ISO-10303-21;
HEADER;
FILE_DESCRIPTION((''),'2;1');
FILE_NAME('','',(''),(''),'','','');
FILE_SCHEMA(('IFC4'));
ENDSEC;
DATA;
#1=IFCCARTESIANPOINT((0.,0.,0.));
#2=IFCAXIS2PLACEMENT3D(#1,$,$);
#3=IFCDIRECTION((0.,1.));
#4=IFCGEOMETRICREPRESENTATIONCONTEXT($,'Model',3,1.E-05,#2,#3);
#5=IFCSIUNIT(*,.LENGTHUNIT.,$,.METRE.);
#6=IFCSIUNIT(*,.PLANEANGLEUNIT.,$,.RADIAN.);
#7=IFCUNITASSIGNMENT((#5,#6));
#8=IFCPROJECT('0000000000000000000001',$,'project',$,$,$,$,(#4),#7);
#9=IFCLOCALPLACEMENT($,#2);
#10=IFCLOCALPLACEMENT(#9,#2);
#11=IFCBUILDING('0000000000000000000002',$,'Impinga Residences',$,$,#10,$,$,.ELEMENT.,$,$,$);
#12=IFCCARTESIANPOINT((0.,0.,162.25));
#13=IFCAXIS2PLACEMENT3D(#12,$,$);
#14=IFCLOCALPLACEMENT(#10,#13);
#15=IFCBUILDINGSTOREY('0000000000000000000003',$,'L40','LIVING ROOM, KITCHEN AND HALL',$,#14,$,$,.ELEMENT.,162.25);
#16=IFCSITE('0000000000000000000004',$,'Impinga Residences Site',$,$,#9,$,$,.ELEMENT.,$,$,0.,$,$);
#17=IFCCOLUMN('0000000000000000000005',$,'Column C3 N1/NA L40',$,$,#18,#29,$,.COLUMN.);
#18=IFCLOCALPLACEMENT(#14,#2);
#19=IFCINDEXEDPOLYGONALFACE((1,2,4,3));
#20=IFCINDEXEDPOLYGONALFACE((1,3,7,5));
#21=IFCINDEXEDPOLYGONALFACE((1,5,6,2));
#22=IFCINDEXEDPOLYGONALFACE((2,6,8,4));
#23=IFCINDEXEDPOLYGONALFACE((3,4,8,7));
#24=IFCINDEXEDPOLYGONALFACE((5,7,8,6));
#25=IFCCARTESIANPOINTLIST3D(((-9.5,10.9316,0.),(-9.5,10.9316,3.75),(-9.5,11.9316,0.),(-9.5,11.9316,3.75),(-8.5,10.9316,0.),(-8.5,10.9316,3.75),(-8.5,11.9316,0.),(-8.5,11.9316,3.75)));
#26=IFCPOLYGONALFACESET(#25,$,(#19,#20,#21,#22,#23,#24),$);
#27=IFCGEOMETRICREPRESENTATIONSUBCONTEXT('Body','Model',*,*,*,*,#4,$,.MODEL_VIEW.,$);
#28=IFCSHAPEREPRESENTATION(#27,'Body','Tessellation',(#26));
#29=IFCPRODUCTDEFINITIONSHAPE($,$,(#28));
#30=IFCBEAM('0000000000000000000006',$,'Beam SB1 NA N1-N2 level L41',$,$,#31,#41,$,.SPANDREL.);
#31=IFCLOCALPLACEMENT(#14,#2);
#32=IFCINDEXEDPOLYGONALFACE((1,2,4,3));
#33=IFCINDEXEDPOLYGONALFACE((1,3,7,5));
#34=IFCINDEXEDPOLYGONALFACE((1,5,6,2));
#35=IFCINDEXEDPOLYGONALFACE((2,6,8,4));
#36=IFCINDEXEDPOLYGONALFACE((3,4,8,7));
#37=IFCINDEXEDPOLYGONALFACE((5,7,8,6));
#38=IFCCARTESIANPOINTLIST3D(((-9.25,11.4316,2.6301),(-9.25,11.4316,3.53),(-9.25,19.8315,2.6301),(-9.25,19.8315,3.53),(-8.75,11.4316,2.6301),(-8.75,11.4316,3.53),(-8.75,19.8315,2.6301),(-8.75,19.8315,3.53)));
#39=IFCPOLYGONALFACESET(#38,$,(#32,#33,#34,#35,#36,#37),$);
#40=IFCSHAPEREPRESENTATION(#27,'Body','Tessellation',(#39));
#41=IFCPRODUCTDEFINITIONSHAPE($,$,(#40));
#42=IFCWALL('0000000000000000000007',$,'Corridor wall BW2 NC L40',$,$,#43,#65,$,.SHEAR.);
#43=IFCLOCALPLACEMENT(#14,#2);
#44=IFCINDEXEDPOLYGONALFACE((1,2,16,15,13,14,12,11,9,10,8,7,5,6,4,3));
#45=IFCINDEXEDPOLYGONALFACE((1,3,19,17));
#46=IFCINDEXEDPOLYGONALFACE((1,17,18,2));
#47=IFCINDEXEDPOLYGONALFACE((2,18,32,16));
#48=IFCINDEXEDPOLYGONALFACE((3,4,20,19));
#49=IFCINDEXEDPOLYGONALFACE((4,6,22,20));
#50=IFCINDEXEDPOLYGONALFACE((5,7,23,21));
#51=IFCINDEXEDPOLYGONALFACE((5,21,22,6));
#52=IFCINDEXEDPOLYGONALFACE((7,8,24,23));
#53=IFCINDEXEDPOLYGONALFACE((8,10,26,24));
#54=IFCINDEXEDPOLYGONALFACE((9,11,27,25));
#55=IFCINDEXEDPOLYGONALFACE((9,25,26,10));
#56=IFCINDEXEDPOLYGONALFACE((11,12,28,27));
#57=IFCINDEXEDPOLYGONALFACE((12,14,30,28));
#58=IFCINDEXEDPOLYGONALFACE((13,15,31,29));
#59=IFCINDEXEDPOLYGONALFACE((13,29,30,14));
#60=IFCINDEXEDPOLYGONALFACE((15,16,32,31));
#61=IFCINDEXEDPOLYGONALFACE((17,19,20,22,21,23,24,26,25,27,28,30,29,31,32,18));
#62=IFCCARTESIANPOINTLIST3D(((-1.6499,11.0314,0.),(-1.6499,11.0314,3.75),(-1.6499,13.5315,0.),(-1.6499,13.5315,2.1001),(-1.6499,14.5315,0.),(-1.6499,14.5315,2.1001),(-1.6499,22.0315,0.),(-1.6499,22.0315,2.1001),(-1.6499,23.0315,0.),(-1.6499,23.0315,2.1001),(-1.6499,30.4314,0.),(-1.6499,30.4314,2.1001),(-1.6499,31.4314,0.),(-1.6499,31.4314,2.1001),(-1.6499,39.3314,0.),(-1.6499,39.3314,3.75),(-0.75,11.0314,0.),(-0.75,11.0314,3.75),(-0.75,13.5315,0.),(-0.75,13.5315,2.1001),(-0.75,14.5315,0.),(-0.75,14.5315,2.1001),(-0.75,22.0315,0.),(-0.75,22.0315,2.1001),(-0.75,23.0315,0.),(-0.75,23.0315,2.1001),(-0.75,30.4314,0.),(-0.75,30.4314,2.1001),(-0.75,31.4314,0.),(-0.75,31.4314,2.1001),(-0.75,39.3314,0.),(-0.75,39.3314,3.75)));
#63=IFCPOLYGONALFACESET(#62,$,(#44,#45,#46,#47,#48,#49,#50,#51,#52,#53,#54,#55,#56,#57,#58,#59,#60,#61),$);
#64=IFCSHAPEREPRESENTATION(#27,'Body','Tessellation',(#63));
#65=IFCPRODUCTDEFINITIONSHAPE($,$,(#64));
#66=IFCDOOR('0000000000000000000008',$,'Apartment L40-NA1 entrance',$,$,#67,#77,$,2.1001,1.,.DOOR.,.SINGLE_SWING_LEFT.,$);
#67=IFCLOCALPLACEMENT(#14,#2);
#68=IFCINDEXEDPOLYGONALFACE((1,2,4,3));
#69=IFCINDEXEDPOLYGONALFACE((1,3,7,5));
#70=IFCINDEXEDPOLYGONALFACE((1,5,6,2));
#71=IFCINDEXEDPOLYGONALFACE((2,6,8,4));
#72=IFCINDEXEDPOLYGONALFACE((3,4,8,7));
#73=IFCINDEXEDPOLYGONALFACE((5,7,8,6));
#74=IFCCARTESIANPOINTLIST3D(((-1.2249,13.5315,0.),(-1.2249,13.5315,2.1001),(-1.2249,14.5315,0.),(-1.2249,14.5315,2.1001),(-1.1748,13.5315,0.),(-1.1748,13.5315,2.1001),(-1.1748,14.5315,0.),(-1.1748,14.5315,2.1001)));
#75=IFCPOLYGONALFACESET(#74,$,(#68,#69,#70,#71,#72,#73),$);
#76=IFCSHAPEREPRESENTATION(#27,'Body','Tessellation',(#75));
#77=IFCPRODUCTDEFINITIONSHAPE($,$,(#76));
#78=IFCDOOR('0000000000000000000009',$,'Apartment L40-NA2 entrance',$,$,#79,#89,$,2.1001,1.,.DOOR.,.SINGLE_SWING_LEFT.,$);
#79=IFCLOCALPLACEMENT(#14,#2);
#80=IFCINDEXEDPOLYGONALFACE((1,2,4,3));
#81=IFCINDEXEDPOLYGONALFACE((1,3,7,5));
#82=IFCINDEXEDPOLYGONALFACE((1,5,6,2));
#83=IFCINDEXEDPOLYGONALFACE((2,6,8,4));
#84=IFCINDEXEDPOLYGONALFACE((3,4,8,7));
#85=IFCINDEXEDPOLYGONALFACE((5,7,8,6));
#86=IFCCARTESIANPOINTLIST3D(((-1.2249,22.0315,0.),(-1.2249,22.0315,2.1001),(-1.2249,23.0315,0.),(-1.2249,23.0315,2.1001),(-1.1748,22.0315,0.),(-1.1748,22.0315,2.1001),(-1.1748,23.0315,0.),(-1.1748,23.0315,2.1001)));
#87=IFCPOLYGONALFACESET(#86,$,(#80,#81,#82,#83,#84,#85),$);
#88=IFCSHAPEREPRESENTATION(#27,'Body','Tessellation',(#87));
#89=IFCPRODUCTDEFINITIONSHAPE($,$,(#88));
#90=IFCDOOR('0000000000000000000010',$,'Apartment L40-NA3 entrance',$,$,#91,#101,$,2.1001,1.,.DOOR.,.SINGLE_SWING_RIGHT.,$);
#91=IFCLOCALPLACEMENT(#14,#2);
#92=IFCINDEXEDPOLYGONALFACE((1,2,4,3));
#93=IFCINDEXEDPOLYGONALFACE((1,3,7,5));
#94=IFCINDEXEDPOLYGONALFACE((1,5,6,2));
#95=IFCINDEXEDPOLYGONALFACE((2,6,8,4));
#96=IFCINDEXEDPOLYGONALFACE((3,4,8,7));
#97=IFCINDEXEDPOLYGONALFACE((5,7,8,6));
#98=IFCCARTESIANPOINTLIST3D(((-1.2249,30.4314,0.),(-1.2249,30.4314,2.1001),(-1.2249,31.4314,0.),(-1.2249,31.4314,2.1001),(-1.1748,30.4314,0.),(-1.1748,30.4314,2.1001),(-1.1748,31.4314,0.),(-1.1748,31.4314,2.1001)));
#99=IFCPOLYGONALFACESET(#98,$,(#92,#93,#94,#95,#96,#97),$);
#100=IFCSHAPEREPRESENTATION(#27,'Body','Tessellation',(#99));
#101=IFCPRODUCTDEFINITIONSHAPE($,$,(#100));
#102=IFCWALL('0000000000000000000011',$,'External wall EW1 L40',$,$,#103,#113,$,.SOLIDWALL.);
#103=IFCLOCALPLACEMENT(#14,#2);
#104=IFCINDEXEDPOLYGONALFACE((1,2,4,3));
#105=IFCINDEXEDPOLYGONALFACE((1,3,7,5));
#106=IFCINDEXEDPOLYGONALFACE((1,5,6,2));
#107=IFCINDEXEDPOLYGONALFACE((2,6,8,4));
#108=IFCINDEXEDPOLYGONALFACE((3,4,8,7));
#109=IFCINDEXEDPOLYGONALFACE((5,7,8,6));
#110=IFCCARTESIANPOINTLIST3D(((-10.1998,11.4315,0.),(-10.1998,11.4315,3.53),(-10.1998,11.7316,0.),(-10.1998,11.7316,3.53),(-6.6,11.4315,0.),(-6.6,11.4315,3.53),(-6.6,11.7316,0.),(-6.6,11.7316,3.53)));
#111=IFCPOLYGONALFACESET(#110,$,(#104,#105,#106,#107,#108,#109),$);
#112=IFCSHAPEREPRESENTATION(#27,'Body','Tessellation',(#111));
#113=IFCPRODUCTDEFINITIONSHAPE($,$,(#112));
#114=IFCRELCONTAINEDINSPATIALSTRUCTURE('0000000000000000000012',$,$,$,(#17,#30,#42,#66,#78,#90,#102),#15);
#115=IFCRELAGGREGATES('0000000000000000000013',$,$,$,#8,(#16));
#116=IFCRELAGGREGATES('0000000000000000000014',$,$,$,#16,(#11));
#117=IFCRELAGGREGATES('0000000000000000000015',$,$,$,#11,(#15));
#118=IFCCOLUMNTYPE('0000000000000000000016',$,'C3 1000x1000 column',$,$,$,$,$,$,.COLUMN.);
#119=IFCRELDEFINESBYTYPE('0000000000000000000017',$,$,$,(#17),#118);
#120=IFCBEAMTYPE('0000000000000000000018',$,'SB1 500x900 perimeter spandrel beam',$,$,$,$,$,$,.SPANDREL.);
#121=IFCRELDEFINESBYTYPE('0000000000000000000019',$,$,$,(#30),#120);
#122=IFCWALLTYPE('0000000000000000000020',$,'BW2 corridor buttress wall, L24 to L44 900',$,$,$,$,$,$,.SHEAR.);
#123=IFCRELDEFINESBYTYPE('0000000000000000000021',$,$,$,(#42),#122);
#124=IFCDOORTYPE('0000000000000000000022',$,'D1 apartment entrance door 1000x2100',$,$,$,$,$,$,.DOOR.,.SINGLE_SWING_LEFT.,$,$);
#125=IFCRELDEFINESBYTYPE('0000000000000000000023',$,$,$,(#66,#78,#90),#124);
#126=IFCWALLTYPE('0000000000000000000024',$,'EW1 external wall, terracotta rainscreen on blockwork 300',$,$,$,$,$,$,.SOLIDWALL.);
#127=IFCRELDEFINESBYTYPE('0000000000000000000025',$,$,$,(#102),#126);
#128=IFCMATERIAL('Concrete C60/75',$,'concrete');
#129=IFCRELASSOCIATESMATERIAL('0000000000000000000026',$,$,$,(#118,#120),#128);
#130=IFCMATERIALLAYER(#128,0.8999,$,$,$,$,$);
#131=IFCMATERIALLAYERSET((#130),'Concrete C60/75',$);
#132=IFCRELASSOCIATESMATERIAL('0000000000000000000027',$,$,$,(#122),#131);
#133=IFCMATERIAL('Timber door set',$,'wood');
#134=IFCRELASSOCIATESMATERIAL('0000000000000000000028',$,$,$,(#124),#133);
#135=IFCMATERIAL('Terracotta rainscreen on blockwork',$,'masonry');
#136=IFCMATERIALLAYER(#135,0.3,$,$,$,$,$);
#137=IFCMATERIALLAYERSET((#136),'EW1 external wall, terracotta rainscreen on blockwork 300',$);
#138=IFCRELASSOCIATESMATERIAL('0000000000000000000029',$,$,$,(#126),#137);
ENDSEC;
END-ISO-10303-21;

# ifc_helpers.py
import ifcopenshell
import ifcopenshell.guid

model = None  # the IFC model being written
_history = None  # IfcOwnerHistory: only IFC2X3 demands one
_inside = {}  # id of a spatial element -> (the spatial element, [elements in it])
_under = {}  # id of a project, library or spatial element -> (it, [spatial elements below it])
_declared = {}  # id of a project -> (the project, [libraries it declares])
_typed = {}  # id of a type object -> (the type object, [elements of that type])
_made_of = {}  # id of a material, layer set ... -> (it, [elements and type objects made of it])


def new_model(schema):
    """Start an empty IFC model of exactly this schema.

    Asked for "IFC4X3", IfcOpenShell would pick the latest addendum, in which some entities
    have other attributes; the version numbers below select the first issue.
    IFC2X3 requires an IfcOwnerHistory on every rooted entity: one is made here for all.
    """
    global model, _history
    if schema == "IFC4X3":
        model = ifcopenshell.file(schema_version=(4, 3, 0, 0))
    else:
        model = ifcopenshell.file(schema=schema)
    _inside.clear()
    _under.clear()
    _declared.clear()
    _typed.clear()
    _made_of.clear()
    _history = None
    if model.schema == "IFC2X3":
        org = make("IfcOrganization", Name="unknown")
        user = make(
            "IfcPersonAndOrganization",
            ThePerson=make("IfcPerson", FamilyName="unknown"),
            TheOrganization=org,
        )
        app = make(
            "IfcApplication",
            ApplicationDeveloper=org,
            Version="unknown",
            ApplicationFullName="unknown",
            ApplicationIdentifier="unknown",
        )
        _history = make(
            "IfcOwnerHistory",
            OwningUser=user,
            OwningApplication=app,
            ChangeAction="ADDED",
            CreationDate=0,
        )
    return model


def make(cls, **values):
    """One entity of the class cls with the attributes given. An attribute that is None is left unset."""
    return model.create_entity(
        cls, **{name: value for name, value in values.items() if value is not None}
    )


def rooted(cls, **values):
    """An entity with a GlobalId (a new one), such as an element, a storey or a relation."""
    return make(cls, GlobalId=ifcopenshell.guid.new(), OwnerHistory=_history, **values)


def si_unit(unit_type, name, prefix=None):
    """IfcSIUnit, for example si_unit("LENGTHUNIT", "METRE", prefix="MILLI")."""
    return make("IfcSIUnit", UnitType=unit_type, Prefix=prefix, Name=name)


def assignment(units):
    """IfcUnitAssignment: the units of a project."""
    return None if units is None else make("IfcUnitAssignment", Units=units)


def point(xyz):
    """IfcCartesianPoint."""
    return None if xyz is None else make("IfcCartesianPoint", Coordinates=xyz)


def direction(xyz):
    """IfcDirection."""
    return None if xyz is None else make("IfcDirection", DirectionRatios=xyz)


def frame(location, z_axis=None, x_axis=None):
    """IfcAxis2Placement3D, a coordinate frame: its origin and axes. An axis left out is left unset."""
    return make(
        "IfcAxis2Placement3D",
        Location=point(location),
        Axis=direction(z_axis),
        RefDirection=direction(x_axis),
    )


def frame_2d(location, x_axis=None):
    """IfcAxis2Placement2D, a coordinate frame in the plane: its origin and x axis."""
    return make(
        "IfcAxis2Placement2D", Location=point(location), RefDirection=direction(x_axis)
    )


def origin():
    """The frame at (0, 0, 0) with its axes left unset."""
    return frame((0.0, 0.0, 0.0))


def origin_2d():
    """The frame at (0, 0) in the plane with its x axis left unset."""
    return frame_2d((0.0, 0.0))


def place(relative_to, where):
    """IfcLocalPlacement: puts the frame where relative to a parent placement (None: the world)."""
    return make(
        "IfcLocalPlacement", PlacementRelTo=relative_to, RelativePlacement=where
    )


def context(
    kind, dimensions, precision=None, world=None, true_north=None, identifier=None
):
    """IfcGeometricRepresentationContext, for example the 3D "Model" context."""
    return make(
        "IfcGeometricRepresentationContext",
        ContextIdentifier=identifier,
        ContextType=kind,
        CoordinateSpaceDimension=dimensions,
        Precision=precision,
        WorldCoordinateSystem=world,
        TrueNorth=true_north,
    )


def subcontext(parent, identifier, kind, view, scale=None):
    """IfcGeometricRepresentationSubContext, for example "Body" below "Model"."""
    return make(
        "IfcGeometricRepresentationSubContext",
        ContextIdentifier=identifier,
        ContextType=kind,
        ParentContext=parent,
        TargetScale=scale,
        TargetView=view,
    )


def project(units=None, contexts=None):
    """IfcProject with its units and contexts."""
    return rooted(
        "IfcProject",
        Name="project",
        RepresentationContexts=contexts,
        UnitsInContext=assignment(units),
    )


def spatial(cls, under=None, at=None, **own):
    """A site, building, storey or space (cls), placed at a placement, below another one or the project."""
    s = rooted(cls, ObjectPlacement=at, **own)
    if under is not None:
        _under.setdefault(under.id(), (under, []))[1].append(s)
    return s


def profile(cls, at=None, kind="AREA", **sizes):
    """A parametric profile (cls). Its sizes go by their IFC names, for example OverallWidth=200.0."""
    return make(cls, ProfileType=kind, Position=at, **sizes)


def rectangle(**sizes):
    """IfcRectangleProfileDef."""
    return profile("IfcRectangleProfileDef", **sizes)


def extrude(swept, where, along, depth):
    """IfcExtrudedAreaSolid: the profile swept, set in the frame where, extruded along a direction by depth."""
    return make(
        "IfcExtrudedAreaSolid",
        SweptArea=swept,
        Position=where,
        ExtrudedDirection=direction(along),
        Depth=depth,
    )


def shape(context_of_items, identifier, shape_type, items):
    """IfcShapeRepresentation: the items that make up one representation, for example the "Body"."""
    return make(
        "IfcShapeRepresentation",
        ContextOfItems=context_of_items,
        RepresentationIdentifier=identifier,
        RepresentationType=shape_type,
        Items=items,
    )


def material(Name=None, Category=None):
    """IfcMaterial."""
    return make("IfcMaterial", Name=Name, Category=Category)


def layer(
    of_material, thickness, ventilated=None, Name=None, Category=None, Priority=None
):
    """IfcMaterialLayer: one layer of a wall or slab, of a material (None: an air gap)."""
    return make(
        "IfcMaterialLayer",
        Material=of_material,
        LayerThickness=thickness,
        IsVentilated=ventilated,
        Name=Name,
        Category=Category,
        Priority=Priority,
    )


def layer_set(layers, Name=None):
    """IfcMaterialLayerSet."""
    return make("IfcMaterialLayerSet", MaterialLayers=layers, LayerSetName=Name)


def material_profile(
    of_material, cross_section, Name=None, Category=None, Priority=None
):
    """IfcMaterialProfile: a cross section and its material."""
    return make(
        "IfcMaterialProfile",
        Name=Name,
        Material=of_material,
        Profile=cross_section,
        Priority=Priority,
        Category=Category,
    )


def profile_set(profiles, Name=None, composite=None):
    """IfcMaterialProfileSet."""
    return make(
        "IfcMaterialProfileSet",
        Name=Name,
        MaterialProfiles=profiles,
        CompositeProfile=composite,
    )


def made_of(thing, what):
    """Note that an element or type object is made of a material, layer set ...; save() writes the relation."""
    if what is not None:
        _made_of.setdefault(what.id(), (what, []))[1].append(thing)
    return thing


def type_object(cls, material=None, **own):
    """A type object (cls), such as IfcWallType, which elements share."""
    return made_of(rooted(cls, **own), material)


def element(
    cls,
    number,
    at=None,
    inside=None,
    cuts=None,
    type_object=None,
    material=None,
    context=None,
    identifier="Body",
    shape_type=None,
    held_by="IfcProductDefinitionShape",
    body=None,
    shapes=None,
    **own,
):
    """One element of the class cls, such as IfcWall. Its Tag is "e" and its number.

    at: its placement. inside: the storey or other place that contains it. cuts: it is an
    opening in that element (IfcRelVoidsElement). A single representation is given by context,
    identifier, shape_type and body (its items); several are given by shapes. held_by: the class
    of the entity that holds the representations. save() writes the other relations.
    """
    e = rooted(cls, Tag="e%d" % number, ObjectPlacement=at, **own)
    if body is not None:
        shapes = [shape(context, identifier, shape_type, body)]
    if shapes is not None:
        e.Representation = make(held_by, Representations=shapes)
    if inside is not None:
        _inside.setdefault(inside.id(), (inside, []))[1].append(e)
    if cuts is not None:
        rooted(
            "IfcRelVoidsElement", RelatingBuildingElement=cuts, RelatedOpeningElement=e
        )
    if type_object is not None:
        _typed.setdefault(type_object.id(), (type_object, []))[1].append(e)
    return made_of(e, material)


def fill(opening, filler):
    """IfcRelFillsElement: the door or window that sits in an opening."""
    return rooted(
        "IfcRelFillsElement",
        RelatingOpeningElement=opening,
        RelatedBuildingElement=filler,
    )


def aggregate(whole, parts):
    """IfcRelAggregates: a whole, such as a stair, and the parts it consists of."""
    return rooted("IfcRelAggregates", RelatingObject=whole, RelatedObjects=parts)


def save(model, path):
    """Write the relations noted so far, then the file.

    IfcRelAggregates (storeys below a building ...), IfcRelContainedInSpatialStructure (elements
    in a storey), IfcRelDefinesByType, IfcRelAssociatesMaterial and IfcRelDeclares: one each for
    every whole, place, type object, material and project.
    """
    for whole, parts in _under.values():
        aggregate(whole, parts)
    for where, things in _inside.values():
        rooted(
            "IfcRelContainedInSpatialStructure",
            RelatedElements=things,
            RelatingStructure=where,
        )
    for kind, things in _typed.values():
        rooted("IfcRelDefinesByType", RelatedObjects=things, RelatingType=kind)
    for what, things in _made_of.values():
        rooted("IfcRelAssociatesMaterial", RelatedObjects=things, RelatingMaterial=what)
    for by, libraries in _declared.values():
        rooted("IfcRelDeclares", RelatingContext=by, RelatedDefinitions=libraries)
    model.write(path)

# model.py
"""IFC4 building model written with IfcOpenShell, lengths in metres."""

from ifc_helpers import new_model, si_unit, direction, frame, frame_2d, origin, origin_2d, place, context, subcontext, project, spatial, rectangle, extrude, material, layer, layer_set, material_profile, profile_set, type_object, element, fill, save


model = new_model("IFC4")

# Units and contexts
model_context = context("Model", 3, precision=1e-05, world=origin(), true_north=direction((0.0, 1.0)))
body_context = subcontext(model_context, "Body", "Model", "MODEL_VIEW")
ifc_project = project(units=[si_unit("LENGTHUNIT", "METRE"), si_unit("PLANEANGLEUNIT", "RADIAN")], contexts=[model_context])

# Site, building, storey
site_placement = place(None, origin())
site = spatial("IfcSite", under=ifc_project, at=site_placement, Name="Impinga Residences Site", CompositionType="ELEMENT", RefElevation=0.0)
building_placement = place(site_placement, origin())
building = spatial("IfcBuilding", under=site, at=building_placement, Name="Impinga Residences", CompositionType="ELEMENT")
storey_placement = place(building_placement, frame((0.0, 0.0, 162.25)))
storey = spatial("IfcBuildingStorey", under=building, at=storey_placement, Name="L40", Description="LIVING ROOM, KITCHEN AND HALL", CompositionType="ELEMENT", Elevation=162.25)

# Column
ifc_material_1 = material(Name="Concrete C60/75", Category="concrete")
ifc_material_profile_1 = material_profile(ifc_material_1, rectangle(XDim=1.0, YDim=1.0, at=origin_2d()), Name="RC 1000x1000")
ifc_profile_set_1 = profile_set([ifc_material_profile_1], Name="Concrete C60/75")
column_type = type_object("IfcColumnType", Name="C3 1000x1000 column", PredefinedType="COLUMN", material=ifc_profile_set_1)
column_placement = place(storey_placement, frame((-9.0, 11.4316, 0.0), z_axis=(0.0, 0.0, 1.0), x_axis=(1.0, 0.0, 0.0)))
element("IfcColumn", 1, at=column_placement, inside=storey, type_object=column_type, Name="Column C3 N1/NA L40", PredefinedType="COLUMN", context=body_context, shape_type="SweptSolid", body=[
    extrude(rectangle(XDim=1.0, YDim=1.0, at=origin_2d()), origin(), (0.0, 0.0, 1.0), 3.75),
])

# Beam
ifc_material_profile_2 = material_profile(ifc_material_1, rectangle(XDim=0.5, YDim=0.8999, at=origin_2d()), Name="RC 500x900")
ifc_profile_set_2 = profile_set([ifc_material_profile_2], Name="Concrete C60/75")
beam_type = type_object("IfcBeamType", Name="SB1 500x900 perimeter spandrel beam", PredefinedType="SPANDREL", material=ifc_profile_set_2)
beam_placement = place(storey_placement, frame((-9.0, 11.4316, 3.0801), z_axis=(0.0, 1.0, 0.0), x_axis=(-1.0, 0.0, 0.0)))
element("IfcBeam", 2, at=beam_placement, inside=storey, type_object=beam_type, Name="Beam SB1 NA N1-N2 level L41", PredefinedType="SPANDREL", context=body_context, shape_type="SweptSolid", body=[
    extrude(rectangle(XDim=0.5, YDim=0.8999, at=origin_2d()), origin(), (0.0, 0.0, 1.0), 8.3999),
])

# Wall, openings, doors
ifc_layer_1 = layer(ifc_material_1, 0.8999)
ifc_layer_set_1 = layer_set([ifc_layer_1], Name="Concrete C60/75")
wall_type_1 = type_object("IfcWallType", Name="BW2 corridor buttress wall, L24 to L44 900", PredefinedType="SHEAR", material=ifc_layer_set_1)
wall_1_placement = place(storey_placement, frame((-1.2, 11.0315, 0.0), z_axis=(0.0, 0.0, 1.0), x_axis=(0.0, 1.0, 0.0)))
wall_1 = element("IfcWall", 3, at=wall_1_placement, inside=storey, type_object=wall_type_1, Name="Corridor wall BW2 NC L40", PredefinedType="SHEAR", context=body_context, shape_type="SweptSolid", body=[
    extrude(rectangle(XDim=28.3, YDim=0.8999, at=frame_2d((14.1499, 0.0))), origin(), (0.0, 0.0, 1.0), 3.75),
])
opening_1_placement = place(wall_1_placement, frame((2.5, 0.0, 0.0)))
opening_1 = element("IfcOpeningElement", 4, at=opening_1_placement, cuts=wall_1, PredefinedType="OPENING", context=body_context, shape_type="SweptSolid", body=[
    extrude(rectangle(XDim=1.0, YDim=2.1001, at=frame_2d((0.5, 1.05))), frame((0.0, 0.46, 0.0), z_axis=(0.0, -1.0, 0.0), x_axis=(1.0, 0.0, 0.0)), (0.0, 0.0, 1.0), 0.9199),
])
opening_2_placement = place(wall_1_placement, frame((11.0, 0.0, 0.0)))
opening_2 = element("IfcOpeningElement", 5, at=opening_2_placement, cuts=wall_1, PredefinedType="OPENING", context=body_context, shape_type="SweptSolid", body=[
    extrude(rectangle(XDim=1.0, YDim=2.1001, at=frame_2d((0.5, 1.05))), frame((0.0, 0.46, 0.0), z_axis=(0.0, -1.0, 0.0), x_axis=(1.0, 0.0, 0.0)), (0.0, 0.0, 1.0), 0.9199),
])
opening_3_placement = place(wall_1_placement, frame((19.3999, 0.0, 0.0)))
opening_3 = element("IfcOpeningElement", 6, at=opening_3_placement, cuts=wall_1, PredefinedType="OPENING", context=body_context, shape_type="SweptSolid", body=[
    extrude(rectangle(XDim=1.0, YDim=2.1001, at=frame_2d((0.5, 1.05))), frame((0.0, 0.46, 0.0), z_axis=(0.0, -1.0, 0.0), x_axis=(1.0, 0.0, 0.0)), (0.0, 0.0, 1.0), 0.9199),
])
ifc_material_2 = material(Name="Timber door set", Category="wood")
door_type_1 = type_object("IfcDoorType", Name="D1 apartment entrance door 1000x2100", OperationType="SINGLE_SWING_LEFT", PredefinedType="DOOR", material=ifc_material_2)
door_1_placement = place(opening_1_placement, origin())
door_1 = element("IfcDoor", 7, at=door_1_placement, inside=storey, type_object=door_type_1, Name="Apartment L40-NA1 entrance", OperationType="SINGLE_SWING_LEFT", OverallHeight=2.1001, OverallWidth=1.0, PredefinedType="DOOR", context=body_context, shape_type="SweptSolid", body=[
    extrude(rectangle(XDim=1.0, YDim=2.1001, at=frame_2d((0.5, 1.05))), frame((0.0, 0.0249, 0.0), z_axis=(0.0, -1.0, 0.0), x_axis=(1.0, 0.0, 0.0)), (0.0, 0.0, 1.0), 0.05),
])
fill(opening_1, door_1)
door_2_placement = place(opening_2_placement, origin())
door_2 = element("IfcDoor", 8, at=door_2_placement, inside=storey, type_object=door_type_1, Name="Apartment L40-NA2 entrance", OperationType="SINGLE_SWING_LEFT", OverallHeight=2.1001, OverallWidth=1.0, PredefinedType="DOOR", context=body_context, shape_type="SweptSolid", body=[
    extrude(rectangle(XDim=1.0, YDim=2.1001, at=frame_2d((0.5, 1.05))), frame((0.0, 0.0249, 0.0), z_axis=(0.0, -1.0, 0.0), x_axis=(1.0, 0.0, 0.0)), (0.0, 0.0, 1.0), 0.05),
])
fill(opening_2, door_2)
door_3_placement = place(opening_3_placement, origin())
door_3 = element("IfcDoor", 9, at=door_3_placement, inside=storey, type_object=door_type_1, Name="Apartment L40-NA3 entrance", OperationType="SINGLE_SWING_RIGHT", OverallHeight=2.1001, OverallWidth=1.0, PredefinedType="DOOR", context=body_context, shape_type="SweptSolid", body=[
    extrude(rectangle(XDim=1.0, YDim=2.1001, at=frame_2d((0.5, 1.05))), frame((0.0, 0.0249, 0.0), z_axis=(0.0, -1.0, 0.0), x_axis=(1.0, 0.0, 0.0)), (0.0, 0.0, 1.0), 0.05),
])
fill(opening_3, door_3)

# Wall
ifc_material_3 = material(Name="Terracotta rainscreen on blockwork", Category="masonry")
ifc_layer_2 = layer(ifc_material_3, 0.3)
ifc_layer_set_2 = layer_set([ifc_layer_2], Name="EW1 external wall, terracotta rainscreen on blockwork 300")
wall_type_2 = type_object("IfcWallType", Name="EW1 external wall, terracotta rainscreen on blockwork 300", PredefinedType="SOLIDWALL", material=ifc_layer_set_2)
wall_2_placement = place(storey_placement, frame((-6.6001, 11.5815, 0.0), z_axis=(0.0, 0.0, 1.0), x_axis=(-1.0, 0.0, 0.0)))
element("IfcWall", 10, at=wall_2_placement, inside=storey, type_object=wall_type_2, Name="External wall EW1 L40", PredefinedType="SOLIDWALL", context=body_context, shape_type="SweptSolid", body=[
    extrude(rectangle(XDim=3.5999, YDim=0.3, at=frame_2d((1.7998, 0.0))), origin(), (0.0, 0.0, 1.0), 3.53),
])

save(model, "model.ifc")
